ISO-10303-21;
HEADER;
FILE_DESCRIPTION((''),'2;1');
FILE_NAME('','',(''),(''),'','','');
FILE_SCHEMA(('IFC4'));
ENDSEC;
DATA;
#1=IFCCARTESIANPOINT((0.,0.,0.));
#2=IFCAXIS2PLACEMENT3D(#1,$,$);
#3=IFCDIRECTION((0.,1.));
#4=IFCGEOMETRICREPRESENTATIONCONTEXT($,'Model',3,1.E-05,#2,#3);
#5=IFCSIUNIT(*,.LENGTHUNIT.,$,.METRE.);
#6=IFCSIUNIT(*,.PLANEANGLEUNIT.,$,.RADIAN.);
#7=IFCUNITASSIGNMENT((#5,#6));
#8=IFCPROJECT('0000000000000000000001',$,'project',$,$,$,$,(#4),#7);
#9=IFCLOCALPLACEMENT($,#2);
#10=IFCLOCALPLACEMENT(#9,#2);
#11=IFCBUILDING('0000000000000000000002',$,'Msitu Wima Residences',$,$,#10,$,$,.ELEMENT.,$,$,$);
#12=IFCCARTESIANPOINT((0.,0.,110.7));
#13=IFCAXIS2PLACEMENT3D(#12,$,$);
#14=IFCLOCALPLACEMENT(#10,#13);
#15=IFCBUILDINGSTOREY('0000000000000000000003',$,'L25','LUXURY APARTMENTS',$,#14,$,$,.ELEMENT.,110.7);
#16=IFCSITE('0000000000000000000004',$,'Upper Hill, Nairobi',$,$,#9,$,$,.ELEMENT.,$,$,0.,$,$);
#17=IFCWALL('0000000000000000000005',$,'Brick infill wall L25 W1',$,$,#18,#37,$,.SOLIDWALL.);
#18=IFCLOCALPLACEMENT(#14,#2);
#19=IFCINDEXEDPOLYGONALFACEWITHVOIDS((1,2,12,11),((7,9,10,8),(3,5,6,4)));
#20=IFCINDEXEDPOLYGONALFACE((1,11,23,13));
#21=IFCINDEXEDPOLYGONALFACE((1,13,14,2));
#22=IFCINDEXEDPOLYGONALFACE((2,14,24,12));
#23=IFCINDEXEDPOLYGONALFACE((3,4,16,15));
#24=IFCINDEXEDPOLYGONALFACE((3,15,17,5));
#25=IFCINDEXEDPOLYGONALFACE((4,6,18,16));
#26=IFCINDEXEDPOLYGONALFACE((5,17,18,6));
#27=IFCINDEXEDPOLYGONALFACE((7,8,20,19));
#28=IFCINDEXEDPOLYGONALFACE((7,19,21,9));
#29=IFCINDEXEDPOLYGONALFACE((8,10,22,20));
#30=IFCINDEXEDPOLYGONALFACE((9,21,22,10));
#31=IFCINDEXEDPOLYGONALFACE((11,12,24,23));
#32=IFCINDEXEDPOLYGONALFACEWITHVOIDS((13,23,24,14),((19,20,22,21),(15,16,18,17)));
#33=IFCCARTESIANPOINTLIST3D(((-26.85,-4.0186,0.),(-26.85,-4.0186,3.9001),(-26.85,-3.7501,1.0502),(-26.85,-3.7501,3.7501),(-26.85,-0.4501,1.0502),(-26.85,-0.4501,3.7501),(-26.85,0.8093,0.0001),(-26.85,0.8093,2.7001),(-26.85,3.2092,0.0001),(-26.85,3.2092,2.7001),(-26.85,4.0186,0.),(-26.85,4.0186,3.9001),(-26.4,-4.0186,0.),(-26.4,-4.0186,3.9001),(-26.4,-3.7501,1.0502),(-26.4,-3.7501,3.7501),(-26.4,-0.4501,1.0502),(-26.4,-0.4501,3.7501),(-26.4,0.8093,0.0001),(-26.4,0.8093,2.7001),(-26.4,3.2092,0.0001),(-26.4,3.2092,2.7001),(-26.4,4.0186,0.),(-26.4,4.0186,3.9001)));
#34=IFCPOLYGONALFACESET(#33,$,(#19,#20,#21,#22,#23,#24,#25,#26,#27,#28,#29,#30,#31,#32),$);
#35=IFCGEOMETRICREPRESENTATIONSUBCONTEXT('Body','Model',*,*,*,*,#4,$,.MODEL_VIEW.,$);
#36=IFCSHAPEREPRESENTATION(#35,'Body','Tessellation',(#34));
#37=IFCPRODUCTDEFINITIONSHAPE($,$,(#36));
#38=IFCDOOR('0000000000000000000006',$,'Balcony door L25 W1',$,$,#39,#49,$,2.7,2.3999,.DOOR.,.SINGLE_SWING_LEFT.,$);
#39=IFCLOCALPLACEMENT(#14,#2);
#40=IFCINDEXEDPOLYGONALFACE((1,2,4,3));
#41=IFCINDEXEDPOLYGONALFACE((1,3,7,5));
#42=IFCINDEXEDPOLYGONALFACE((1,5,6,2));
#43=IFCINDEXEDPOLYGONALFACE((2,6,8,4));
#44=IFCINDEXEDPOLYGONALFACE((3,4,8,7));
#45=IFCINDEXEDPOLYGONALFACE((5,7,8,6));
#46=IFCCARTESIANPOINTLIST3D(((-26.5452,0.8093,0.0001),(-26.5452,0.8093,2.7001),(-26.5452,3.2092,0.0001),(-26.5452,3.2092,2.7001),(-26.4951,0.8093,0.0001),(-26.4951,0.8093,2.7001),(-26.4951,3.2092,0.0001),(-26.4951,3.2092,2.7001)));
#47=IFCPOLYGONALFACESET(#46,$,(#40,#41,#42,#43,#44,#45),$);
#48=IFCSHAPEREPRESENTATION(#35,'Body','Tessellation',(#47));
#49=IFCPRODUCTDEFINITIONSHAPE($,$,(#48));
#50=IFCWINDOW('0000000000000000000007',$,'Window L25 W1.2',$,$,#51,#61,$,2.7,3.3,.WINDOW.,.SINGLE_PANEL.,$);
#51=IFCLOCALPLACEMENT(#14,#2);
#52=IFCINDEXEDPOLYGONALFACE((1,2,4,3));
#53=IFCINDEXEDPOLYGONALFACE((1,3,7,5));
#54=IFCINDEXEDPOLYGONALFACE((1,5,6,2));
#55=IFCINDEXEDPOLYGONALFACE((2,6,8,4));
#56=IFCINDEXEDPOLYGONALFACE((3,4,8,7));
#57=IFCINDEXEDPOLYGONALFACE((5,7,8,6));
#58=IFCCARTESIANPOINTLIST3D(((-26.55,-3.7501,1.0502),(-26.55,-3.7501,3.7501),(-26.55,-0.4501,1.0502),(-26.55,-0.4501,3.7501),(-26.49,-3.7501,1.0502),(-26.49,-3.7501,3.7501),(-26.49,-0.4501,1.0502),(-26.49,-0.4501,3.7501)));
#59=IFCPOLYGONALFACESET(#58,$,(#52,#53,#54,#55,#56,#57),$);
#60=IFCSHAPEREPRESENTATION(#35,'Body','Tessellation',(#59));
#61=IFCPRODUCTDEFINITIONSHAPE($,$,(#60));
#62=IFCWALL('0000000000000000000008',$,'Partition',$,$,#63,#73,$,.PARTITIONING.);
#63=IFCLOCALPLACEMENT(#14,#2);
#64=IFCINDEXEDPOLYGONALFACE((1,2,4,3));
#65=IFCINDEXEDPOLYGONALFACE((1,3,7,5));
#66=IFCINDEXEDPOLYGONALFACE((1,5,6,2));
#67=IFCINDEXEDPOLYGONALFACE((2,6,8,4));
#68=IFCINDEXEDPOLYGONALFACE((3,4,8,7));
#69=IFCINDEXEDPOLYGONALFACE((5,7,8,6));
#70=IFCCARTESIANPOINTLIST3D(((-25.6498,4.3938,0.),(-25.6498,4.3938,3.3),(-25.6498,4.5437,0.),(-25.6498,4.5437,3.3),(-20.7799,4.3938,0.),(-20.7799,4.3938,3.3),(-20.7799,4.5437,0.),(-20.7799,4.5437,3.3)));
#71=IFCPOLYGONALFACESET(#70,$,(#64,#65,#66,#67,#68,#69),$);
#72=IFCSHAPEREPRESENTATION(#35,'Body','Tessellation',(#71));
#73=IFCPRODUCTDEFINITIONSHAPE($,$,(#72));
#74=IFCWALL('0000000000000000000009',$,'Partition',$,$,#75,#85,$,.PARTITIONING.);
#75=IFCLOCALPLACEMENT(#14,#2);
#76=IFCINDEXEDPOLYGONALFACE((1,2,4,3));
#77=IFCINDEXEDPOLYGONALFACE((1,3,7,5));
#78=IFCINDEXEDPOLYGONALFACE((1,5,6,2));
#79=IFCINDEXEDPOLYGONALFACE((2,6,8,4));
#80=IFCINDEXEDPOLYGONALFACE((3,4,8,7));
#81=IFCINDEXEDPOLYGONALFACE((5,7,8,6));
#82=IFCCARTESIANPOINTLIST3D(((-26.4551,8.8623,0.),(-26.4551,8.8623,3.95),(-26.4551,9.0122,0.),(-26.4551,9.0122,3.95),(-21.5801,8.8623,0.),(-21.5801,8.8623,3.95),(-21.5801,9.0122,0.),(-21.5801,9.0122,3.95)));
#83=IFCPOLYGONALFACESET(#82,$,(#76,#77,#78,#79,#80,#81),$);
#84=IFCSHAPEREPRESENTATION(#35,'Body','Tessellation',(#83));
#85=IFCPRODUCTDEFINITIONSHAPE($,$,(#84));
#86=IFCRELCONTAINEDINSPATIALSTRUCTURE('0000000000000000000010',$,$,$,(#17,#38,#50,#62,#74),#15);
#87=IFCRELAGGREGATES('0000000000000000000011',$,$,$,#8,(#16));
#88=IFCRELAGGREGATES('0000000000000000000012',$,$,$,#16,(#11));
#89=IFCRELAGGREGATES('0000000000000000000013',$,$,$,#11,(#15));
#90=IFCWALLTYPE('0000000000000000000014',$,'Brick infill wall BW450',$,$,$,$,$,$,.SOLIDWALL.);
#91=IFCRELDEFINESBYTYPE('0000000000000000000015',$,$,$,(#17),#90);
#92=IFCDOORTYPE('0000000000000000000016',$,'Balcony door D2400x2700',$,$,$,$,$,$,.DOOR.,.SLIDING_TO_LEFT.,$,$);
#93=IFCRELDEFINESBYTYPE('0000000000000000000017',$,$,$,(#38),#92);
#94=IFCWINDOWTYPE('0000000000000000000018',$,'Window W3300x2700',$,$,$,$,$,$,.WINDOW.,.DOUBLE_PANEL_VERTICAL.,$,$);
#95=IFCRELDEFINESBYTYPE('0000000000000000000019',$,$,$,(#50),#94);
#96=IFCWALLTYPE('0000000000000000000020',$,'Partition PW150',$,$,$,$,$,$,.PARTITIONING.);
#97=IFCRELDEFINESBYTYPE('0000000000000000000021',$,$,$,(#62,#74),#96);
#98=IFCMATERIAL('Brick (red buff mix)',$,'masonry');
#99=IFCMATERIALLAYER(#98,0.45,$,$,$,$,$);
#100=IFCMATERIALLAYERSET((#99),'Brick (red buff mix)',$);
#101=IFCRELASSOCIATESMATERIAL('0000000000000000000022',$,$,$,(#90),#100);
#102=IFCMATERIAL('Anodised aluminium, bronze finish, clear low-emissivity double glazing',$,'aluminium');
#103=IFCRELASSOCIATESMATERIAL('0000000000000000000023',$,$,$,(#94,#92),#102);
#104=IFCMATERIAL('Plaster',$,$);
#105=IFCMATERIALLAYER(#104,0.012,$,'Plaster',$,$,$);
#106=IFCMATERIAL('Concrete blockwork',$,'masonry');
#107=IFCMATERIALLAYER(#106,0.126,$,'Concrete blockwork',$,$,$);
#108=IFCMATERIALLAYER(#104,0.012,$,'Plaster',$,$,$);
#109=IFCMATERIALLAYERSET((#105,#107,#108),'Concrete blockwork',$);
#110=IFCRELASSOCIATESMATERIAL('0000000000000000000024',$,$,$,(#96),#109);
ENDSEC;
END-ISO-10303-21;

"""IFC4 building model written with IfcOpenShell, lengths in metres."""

from ifc_helpers import new_model, si_unit, direction, frame, frame_2d, origin, place, context, subcontext, project, spatial, rectangle, extrude, material, layer, layer_set, type_object, element, fill, save


model = new_model("IFC4")

# Units and contexts
model_context = context("Model", 3, precision=1e-05, world=origin(), true_north=direction((0.0, 1.0)))
body_context = subcontext(model_context, "Body", "Model", "MODEL_VIEW")
ifc_project = project(units=[si_unit("LENGTHUNIT", "METRE"), si_unit("PLANEANGLEUNIT", "RADIAN")], contexts=[model_context])

# Site, building, storey
site_placement = place(None, origin())
site = spatial("IfcSite", under=ifc_project, at=site_placement, Name="Upper Hill, Nairobi", CompositionType="ELEMENT", RefElevation=0.0)
building_placement = place(site_placement, origin())
building = spatial("IfcBuilding", under=site, at=building_placement, Name="Msitu Wima Residences", CompositionType="ELEMENT")
storey_placement = place(building_placement, frame((0.0, 0.0, 110.7)))
storey = spatial("IfcBuildingStorey", under=building, at=storey_placement, Name="L25", Description="LUXURY APARTMENTS", CompositionType="ELEMENT", Elevation=110.7)

# Shared definitions
ifc_material_1 = material(Name="Brick (red buff mix)", Category="masonry")
ifc_layer_1 = layer(ifc_material_1, 0.45)
ifc_layer_set_1 = layer_set([ifc_layer_1], Name="Brick (red buff mix)")
wall_type_1 = type_object("IfcWallType", Name="Brick infill wall BW450", PredefinedType="SOLIDWALL", material=ifc_layer_set_1)
ifc_material_2 = material(Name="Anodised aluminium, bronze finish, clear low-emissivity double glazing", Category="aluminium")
window_type = type_object("IfcWindowType", Name="Window W3300x2700", PartitioningType="DOUBLE_PANEL_VERTICAL", PredefinedType="WINDOW", material=ifc_material_2)

# Wall, openings, door, window
wall_1_placement = place(storey_placement, frame((-26.625, 4.0186, 0.0), z_axis=(0.0, 0.0, 1.0), x_axis=(0.0, -1.0, 0.0)))
wall_1 = element("IfcWall", 1, at=wall_1_placement, inside=storey, type_object=wall_type_1, Name="Brick infill wall L25 W1", PredefinedType="SOLIDWALL", context=body_context, shape_type="SweptSolid", body=[
    extrude(rectangle(XDim=8.0371, YDim=0.45, at=frame_2d((4.0186, 0.0))), origin(), (0.0, 0.0, 1.0), 3.9001),
])
opening_1_placement = place(wall_1_placement, frame((0.8093, 0.0, 0.0)))
opening_1 = element("IfcOpeningElement", 2, at=opening_1_placement, cuts=wall_1, PredefinedType="OPENING", context=body_context, shape_type="SweptSolid", body=[
    extrude(rectangle(XDim=2.3999, YDim=2.7, at=frame_2d((1.2, 1.3501))), frame((0.0, 0.2349, 0.0), z_axis=(0.0, -1.0, 0.0), x_axis=(1.0, 0.0, 0.0)), (0.0, 0.0, 1.0), 0.47),
])
opening_2_placement = place(wall_1_placement, frame((4.4688, 0.0, 1.05)))
opening_2 = element("IfcOpeningElement", 3, at=opening_2_placement, cuts=wall_1, PredefinedType="OPENING", context=body_context, shape_type="SweptSolid", body=[
    extrude(rectangle(XDim=3.3, YDim=2.7, at=frame_2d((1.6499, 1.3501))), frame((0.0, 0.2349, 0.0), z_axis=(0.0, -1.0, 0.0), x_axis=(1.0, 0.0, 0.0)), (0.0, 0.0, 1.0), 0.47),
])
door_type = type_object("IfcDoorType", Name="Balcony door D2400x2700", OperationType="SLIDING_TO_LEFT", PredefinedType="DOOR", material=ifc_material_2)
door_placement = place(opening_1_placement, origin())
door = element("IfcDoor", 4, at=door_placement, inside=storey, type_object=door_type, Name="Balcony door L25 W1", OperationType="SINGLE_SWING_LEFT", OverallHeight=2.7, OverallWidth=2.3999, PredefinedType="DOOR", context=body_context, shape_type="SweptSolid", body=[
    extrude(rectangle(XDim=2.3999, YDim=2.7, at=frame_2d((1.2, 1.3501))), frame((0.0, 0.1299, 0.0), z_axis=(0.0, -1.0, 0.0), x_axis=(1.0, 0.0, 0.0)), (0.0, 0.0, 1.0), 0.05),
])
fill(opening_1, door)
window_1_placement = place(opening_2_placement, origin())
window_1 = element("IfcWindow", 5, at=window_1_placement, inside=storey, type_object=window_type, Name="Window L25 W1.2", OverallHeight=2.7, OverallWidth=3.3, PartitioningType="SINGLE_PANEL", PredefinedType="WINDOW", context=body_context, shape_type="SweptSolid", body=[
    extrude(rectangle(XDim=3.3, YDim=2.7, at=frame_2d((1.6499, 1.3501))), frame((0.0, 0.135, 0.0), z_axis=(0.0, -1.0, 0.0), x_axis=(1.0, 0.0, 0.0)), (0.0, 0.0, 1.0), 0.0601),
])
fill(opening_2, window_1)

# Walls
ifc_material_3 = material(Name="Plaster")
ifc_layer_2 = layer(ifc_material_3, 0.012, Name="Plaster")
ifc_material_4 = material(Name="Concrete blockwork", Category="masonry")
ifc_layer_3 = layer(ifc_material_4, 0.126, Name="Concrete blockwork")
ifc_layer_4 = layer(ifc_material_3, 0.012, Name="Plaster")
ifc_layer_set_2 = layer_set([ifc_layer_2, ifc_layer_3, ifc_layer_4], Name="Concrete blockwork")
wall_type_2 = type_object("IfcWallType", Name="Partition PW150", PredefinedType="PARTITIONING", material=ifc_layer_set_2)
wall_2_placement = place(storey_placement, frame((-25.6499, 4.4688, 0.0), z_axis=(0.0, 0.0, 1.0), x_axis=(1.0, 0.0, 0.0)))
element("IfcWall", 6, at=wall_2_placement, inside=storey, type_object=wall_type_2, Name="Partition", PredefinedType="PARTITIONING", context=body_context, shape_type="SweptSolid", body=[
    extrude(rectangle(XDim=4.8699, YDim=0.1499, at=frame_2d((2.4351, 0.0))), origin(), (0.0, 0.0, 1.0), 3.3),
])
wall_3_placement = place(storey_placement, frame((-26.4551, 8.9373, 0.0), z_axis=(0.0, 0.0, 1.0), x_axis=(1.0, 0.0, 0.0)))
element("IfcWall", 7, at=wall_3_placement, inside=storey, type_object=wall_type_2, Name="Partition", PredefinedType="PARTITIONING", context=body_context, shape_type="SweptSolid", body=[
    extrude(rectangle(XDim=4.875, YDim=0.1499, at=frame_2d((2.4375, 0.0))), origin(), (0.0, 0.0, 1.0), 3.95),
])

save(model, "model.ifc")
